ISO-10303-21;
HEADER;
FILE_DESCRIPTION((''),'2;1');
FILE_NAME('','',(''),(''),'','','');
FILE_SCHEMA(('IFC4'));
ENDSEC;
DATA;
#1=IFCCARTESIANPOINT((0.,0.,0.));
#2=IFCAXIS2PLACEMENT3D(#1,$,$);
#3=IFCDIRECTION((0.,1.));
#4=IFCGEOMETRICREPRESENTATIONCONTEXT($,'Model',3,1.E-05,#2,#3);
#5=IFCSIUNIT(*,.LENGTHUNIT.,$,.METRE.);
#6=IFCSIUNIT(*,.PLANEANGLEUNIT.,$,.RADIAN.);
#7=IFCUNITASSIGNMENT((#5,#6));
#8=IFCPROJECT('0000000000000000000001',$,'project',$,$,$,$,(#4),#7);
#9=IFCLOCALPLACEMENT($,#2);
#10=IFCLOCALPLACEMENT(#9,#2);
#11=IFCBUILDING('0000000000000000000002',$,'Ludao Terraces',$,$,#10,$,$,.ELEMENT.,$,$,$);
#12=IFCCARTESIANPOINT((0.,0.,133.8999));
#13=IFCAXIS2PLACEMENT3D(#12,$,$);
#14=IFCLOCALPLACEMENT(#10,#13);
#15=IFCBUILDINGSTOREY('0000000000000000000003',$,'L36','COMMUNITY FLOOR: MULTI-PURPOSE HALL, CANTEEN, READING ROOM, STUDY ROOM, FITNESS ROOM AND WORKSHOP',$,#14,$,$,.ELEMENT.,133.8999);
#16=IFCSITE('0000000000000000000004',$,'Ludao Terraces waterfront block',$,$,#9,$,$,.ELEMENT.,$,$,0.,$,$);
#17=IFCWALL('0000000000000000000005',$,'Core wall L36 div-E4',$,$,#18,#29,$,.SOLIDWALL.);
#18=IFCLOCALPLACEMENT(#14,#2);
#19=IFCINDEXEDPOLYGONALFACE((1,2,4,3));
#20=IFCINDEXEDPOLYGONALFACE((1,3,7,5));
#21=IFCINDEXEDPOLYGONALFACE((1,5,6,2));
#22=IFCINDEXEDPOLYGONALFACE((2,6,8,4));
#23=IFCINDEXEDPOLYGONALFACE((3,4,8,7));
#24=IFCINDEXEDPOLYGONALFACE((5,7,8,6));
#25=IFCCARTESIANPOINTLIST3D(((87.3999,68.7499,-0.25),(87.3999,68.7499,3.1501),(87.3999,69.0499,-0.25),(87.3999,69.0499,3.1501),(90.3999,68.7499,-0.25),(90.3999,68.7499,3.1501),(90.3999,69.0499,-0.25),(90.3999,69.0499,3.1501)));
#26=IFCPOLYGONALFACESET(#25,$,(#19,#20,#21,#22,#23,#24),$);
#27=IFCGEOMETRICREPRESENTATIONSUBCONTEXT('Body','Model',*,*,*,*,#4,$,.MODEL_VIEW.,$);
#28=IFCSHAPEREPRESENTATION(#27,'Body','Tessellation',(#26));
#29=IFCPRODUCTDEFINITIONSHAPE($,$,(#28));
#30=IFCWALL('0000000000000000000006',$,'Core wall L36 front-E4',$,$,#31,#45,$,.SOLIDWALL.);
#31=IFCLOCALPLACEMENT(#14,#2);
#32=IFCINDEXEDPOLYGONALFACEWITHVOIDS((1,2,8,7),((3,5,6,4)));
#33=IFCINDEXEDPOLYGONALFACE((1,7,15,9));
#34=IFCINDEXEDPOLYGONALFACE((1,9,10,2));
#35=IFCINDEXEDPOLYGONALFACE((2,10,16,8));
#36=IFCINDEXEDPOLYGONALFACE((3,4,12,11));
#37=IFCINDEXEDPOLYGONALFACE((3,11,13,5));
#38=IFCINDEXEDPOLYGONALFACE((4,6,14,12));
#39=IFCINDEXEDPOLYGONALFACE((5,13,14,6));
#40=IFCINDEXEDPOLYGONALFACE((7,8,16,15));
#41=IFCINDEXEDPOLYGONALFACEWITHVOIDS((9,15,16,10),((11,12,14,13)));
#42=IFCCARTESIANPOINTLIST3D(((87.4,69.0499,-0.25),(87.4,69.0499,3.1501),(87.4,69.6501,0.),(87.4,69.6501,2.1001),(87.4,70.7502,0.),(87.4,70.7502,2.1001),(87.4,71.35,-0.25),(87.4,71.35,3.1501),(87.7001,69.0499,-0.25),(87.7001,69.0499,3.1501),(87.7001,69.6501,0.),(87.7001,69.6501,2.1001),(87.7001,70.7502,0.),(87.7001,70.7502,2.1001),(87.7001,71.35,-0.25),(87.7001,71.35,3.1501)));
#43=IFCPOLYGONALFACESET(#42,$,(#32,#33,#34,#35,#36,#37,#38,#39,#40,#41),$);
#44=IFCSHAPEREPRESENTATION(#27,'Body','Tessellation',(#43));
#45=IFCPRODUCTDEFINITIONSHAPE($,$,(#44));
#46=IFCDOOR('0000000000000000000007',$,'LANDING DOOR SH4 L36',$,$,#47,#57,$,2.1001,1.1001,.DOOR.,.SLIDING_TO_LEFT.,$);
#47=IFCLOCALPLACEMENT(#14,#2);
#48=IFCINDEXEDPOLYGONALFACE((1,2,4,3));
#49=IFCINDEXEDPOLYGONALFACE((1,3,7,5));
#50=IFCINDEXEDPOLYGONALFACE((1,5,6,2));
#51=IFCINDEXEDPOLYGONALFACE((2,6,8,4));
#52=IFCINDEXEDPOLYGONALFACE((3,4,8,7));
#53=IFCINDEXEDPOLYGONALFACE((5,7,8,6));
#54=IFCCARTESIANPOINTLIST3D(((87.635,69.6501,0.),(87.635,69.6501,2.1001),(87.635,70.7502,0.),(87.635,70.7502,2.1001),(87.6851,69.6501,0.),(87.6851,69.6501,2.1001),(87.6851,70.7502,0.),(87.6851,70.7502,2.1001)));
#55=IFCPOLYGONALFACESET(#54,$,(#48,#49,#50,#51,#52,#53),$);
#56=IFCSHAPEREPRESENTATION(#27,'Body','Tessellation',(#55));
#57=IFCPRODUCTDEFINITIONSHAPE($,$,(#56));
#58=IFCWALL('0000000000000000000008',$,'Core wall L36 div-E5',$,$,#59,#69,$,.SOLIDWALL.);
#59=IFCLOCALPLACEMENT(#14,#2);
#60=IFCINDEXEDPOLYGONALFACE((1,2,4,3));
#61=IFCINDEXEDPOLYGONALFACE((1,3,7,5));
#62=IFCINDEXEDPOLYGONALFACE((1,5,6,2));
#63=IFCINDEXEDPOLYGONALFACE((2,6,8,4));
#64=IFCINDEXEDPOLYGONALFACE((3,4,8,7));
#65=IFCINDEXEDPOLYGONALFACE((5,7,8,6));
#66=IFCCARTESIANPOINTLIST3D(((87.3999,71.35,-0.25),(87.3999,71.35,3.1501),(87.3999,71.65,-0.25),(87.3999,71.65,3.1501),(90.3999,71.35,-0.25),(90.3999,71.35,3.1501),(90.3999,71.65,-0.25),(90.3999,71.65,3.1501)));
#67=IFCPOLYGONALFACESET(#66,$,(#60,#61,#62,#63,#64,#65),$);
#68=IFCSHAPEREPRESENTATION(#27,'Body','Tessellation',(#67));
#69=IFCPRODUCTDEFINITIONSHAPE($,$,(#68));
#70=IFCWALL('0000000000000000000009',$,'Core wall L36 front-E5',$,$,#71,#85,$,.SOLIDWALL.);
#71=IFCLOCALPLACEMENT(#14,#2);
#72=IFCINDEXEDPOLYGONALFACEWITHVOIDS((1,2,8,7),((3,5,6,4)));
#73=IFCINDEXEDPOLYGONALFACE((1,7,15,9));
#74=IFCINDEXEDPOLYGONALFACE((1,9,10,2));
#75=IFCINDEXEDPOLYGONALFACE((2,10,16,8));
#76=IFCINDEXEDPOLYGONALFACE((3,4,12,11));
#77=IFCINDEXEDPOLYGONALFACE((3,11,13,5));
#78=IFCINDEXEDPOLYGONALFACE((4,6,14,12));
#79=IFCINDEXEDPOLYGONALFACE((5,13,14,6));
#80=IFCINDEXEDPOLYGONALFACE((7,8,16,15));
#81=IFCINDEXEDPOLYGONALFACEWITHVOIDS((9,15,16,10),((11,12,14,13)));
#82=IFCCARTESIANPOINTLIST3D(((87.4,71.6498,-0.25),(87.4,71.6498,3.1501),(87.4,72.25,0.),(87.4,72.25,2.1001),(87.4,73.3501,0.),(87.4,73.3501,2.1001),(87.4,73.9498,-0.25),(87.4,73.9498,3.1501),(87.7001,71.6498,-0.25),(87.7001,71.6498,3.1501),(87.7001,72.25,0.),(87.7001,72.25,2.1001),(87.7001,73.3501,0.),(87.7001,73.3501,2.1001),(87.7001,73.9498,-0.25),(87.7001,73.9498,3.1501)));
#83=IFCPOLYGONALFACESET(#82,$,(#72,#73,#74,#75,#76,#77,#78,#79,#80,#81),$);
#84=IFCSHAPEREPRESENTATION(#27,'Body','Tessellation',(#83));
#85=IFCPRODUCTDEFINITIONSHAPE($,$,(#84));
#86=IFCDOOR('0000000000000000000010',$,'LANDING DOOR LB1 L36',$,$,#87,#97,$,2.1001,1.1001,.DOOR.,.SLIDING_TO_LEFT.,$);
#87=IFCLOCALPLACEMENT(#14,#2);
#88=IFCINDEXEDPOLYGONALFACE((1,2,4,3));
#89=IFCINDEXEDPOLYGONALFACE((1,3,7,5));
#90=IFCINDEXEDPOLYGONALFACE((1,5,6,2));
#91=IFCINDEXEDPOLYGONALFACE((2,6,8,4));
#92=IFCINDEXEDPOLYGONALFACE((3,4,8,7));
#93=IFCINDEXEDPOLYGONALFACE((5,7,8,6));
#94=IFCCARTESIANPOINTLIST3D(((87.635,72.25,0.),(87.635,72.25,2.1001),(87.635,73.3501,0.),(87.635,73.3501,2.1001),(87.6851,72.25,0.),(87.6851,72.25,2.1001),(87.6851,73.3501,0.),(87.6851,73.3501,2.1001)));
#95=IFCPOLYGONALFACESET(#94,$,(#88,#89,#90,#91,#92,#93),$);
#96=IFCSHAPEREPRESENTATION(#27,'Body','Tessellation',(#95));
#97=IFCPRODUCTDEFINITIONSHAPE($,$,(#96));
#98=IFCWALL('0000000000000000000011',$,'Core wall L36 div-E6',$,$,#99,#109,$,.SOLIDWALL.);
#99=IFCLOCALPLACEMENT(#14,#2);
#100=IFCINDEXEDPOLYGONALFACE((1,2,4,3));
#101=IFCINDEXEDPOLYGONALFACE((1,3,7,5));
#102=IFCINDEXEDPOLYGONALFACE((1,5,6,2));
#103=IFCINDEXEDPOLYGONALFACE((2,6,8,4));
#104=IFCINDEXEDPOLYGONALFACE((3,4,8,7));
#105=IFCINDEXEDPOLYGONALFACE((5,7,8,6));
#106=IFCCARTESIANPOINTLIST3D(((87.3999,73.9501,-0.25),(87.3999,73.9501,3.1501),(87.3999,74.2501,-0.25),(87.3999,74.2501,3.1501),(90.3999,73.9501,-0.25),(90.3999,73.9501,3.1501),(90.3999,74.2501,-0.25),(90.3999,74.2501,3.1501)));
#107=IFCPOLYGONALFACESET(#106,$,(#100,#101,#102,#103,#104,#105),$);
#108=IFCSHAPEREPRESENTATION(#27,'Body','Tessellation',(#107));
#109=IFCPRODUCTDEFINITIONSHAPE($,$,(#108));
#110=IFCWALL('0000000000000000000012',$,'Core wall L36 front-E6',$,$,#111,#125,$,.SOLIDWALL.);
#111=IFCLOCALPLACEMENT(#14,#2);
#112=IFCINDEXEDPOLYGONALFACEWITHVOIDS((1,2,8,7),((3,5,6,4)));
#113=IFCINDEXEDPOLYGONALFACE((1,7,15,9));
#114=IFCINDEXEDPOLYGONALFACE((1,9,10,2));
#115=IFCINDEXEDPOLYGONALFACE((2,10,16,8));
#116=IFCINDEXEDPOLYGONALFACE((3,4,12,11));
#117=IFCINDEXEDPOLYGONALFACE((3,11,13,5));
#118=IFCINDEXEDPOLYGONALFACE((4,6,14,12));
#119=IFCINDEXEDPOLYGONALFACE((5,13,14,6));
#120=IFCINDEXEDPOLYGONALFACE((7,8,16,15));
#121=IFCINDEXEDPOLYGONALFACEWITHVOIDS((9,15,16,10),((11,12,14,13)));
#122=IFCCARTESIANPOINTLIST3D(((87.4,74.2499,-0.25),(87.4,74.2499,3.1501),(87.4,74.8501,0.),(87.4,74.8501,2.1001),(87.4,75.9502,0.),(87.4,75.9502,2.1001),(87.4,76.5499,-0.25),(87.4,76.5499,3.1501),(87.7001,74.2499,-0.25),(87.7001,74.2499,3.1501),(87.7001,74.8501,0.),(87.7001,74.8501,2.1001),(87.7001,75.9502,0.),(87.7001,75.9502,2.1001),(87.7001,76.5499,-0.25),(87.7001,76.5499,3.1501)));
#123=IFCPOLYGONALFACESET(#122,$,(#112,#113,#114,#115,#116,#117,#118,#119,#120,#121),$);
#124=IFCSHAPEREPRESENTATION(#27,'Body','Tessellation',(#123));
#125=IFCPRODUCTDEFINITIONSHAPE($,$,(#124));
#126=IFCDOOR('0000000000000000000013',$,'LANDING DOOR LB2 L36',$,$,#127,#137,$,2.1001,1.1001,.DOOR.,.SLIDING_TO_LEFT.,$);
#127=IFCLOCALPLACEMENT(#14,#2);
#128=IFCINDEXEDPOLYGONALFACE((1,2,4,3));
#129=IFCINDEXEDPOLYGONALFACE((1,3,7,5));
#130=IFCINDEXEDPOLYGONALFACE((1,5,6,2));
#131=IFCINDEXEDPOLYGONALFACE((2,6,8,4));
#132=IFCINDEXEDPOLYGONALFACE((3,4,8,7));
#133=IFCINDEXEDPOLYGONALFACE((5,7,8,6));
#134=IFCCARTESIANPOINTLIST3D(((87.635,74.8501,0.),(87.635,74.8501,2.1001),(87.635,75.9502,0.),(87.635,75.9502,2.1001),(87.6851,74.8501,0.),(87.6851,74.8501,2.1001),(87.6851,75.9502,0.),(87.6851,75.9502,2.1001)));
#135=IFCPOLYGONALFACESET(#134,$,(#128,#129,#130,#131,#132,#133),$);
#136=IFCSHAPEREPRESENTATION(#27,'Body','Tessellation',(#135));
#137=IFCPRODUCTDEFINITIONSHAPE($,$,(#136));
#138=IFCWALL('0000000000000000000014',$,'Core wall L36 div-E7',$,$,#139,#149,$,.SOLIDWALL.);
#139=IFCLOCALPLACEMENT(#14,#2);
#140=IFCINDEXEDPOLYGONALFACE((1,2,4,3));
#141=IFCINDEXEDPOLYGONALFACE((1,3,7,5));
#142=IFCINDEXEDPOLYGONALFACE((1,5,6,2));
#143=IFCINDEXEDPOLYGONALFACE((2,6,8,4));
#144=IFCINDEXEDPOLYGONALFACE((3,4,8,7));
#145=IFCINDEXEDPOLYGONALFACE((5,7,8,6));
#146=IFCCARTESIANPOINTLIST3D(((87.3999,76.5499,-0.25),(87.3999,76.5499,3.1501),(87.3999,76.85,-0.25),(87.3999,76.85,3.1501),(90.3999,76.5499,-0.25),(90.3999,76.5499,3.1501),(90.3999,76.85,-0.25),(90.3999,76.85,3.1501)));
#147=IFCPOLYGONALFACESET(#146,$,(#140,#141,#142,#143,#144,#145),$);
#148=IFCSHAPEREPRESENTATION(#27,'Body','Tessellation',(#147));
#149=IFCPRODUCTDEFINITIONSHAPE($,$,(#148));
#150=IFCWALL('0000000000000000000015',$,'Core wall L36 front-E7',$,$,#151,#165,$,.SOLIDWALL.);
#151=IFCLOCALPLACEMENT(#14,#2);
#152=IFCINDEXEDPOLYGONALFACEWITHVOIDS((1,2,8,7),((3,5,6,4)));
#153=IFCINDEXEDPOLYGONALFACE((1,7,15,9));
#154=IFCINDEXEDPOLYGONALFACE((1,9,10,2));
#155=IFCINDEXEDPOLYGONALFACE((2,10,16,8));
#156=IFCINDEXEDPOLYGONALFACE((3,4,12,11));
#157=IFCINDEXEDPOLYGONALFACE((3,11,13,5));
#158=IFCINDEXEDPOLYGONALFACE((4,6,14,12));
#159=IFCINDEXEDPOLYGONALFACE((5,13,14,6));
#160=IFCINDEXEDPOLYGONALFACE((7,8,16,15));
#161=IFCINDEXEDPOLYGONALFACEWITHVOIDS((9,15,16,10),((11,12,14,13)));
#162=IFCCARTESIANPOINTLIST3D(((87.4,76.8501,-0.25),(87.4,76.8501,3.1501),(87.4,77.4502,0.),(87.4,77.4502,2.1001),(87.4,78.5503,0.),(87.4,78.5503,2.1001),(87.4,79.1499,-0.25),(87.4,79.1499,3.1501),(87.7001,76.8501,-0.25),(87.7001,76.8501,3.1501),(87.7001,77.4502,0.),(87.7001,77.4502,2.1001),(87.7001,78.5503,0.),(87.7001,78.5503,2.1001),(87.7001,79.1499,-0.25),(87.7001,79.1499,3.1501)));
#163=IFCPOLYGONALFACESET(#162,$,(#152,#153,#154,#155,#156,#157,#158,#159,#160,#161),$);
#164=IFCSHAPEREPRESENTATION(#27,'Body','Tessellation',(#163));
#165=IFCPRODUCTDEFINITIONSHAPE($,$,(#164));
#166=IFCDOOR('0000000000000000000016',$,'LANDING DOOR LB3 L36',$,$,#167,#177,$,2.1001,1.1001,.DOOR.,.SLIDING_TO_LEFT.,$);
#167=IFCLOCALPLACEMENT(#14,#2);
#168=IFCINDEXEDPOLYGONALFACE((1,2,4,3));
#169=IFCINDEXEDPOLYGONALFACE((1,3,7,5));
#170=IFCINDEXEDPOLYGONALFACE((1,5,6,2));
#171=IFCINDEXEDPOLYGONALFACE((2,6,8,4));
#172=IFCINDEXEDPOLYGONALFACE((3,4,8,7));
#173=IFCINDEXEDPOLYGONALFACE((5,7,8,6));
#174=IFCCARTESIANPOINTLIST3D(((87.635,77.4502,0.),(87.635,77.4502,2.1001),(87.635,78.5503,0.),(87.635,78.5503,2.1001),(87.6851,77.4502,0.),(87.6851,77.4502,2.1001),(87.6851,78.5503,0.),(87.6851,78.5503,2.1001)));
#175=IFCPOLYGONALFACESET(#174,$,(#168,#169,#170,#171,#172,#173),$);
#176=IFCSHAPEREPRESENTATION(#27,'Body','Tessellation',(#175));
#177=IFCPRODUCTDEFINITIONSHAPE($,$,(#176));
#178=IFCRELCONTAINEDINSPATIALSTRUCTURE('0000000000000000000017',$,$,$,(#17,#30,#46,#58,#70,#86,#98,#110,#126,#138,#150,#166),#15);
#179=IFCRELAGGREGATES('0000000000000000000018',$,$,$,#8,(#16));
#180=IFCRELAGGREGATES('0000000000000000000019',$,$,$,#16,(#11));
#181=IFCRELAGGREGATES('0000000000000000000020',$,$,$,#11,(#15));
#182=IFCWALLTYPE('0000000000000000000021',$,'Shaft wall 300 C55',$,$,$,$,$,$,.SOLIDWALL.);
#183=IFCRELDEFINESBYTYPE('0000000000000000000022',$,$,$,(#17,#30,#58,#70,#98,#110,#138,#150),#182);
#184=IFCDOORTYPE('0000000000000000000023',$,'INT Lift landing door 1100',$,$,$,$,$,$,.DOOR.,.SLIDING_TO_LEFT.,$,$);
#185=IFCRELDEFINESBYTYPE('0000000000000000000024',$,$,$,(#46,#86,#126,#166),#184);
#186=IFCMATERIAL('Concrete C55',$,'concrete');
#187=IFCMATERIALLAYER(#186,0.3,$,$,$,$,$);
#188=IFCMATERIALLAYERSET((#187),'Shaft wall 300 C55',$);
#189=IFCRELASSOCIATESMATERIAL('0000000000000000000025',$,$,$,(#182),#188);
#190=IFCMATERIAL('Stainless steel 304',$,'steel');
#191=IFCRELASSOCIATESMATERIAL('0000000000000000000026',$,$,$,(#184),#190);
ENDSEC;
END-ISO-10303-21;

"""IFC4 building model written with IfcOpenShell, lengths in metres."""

from ifc_helpers import new_model, si_unit, direction, frame, frame_2d, origin, place, context, subcontext, project, spatial, rectangle, extrude, material, layer, layer_set, type_object, element, fill, save


model = new_model("IFC4")

# Units and contexts
model_context = context("Model", 3, precision=1e-05, world=origin(), true_north=direction((0.0, 1.0)))
body_context = subcontext(model_context, "Body", "Model", "MODEL_VIEW")
ifc_project = project(units=[si_unit("LENGTHUNIT", "METRE"), si_unit("PLANEANGLEUNIT", "RADIAN")], contexts=[model_context])

# Site, building, storey
site_placement = place(None, origin())
site = spatial("IfcSite", under=ifc_project, at=site_placement, Name="Ludao Terraces waterfront block", CompositionType="ELEMENT", RefElevation=0.0)
building_placement = place(site_placement, origin())
building = spatial("IfcBuilding", under=site, at=building_placement, Name="Ludao Terraces", CompositionType="ELEMENT")
storey_placement = place(building_placement, frame((0.0, 0.0, 133.8999)))
storey = spatial("IfcBuildingStorey", under=building, at=storey_placement, Name="L36", Description="COMMUNITY FLOOR: MULTI-PURPOSE HALL, CANTEEN, READING ROOM, STUDY ROOM, FITNESS ROOM AND WORKSHOP", CompositionType="ELEMENT", Elevation=133.8999)

# Shared definitions
ifc_material_1 = material(Name="Concrete C55", Category="concrete")
ifc_layer_1 = layer(ifc_material_1, 0.3)
ifc_layer_set_1 = layer_set([ifc_layer_1], Name="Shaft wall 300 C55")
wall_type_1 = type_object("IfcWallType", Name="Shaft wall 300 C55", PredefinedType="SOLIDWALL", material=ifc_layer_set_1)

# Shared definitions
ifc_material_2 = material(Name="Stainless steel 304", Category="steel")
door_type_1 = type_object("IfcDoorType", Name="INT Lift landing door 1100", OperationType="SLIDING_TO_LEFT", PredefinedType="DOOR", material=ifc_material_2)

# Wall
wall_1_placement = place(storey_placement, frame((87.3999, 68.8999, -0.25), z_axis=(0.0, 0.0, 1.0), x_axis=(1.0, 0.0, 0.0)))
element("IfcWall", 1, at=wall_1_placement, inside=storey, type_object=wall_type_1, Name="Core wall L36 div-E4", PredefinedType="SOLIDWALL", context=body_context, shape_type="SweptSolid", body=[
    extrude(rectangle(XDim=3.0, YDim=0.3, at=frame_2d((1.5, 0.0))), origin(), (0.0, 0.0, 1.0), 3.4001),
])

# Wall, opening, door
wall_2_placement = place(storey_placement, frame((87.55, 69.05, -0.25), z_axis=(0.0, 0.0, 1.0), x_axis=(0.0, 1.0, 0.0)))
wall_2 = element("IfcWall", 2, at=wall_2_placement, inside=storey, type_object=wall_type_1, Name="Core wall L36 front-E4", PredefinedType="SOLIDWALL", context=body_context, shape_type="SweptSolid", body=[
    extrude(rectangle(XDim=2.3, YDim=0.3, at=frame_2d((1.1499, 0.0))), origin(), (0.0, 0.0, 1.0), 3.4001),
])
opening_1_placement = place(wall_2_placement, frame((0.6001, 0.0, 0.25)))
opening_1 = element("IfcOpeningElement", 3, at=opening_1_placement, cuts=wall_2, PredefinedType="OPENING", context=body_context, shape_type="SweptSolid", body=[
    extrude(rectangle(XDim=1.1001, YDim=2.1001, at=frame_2d((0.55, 1.05))), frame((0.0, 0.1602, 0.0), z_axis=(0.0, -1.0, 0.0), x_axis=(1.0, 0.0, 0.0)), (0.0, 0.0, 1.0), 0.3201),
])
door_1_placement = place(opening_1_placement, origin())
door_1 = element("IfcDoor", 4, at=door_1_placement, inside=storey, type_object=door_type_1, Name="LANDING DOOR SH4 L36", OperationType="SLIDING_TO_LEFT", OverallHeight=2.1001, OverallWidth=1.1001, PredefinedType="DOOR", context=body_context, shape_type="SweptSolid", body=[
    extrude(rectangle(XDim=1.1001, YDim=2.1001, at=frame_2d((0.55, 1.05))), frame((0.0, -0.085, 0.0), z_axis=(0.0, -1.0, 0.0), x_axis=(1.0, 0.0, 0.0)), (0.0, 0.0, 1.0), 0.05),
])
fill(opening_1, door_1)

# Wall
wall_3_placement = place(storey_placement, frame((87.3999, 71.5, -0.25), z_axis=(0.0, 0.0, 1.0), x_axis=(1.0, 0.0, 0.0)))
element("IfcWall", 5, at=wall_3_placement, inside=storey, type_object=wall_type_1, Name="Core wall L36 div-E5", PredefinedType="SOLIDWALL", context=body_context, shape_type="SweptSolid", body=[
    extrude(rectangle(XDim=3.0, YDim=0.3, at=frame_2d((1.5, 0.0))), origin(), (0.0, 0.0, 1.0), 3.4001),
])

# Wall, opening, door
wall_4_placement = place(storey_placement, frame((87.55, 71.6499, -0.25), z_axis=(0.0, 0.0, 1.0), x_axis=(0.0, 1.0, 0.0)))
wall_4 = element("IfcWall", 6, at=wall_4_placement, inside=storey, type_object=wall_type_1, Name="Core wall L36 front-E5", PredefinedType="SOLIDWALL", context=body_context, shape_type="SweptSolid", body=[
    extrude(rectangle(XDim=2.3, YDim=0.3, at=frame_2d((1.1499, 0.0))), origin(), (0.0, 0.0, 1.0), 3.4001),
])
opening_2_placement = place(wall_4_placement, frame((0.6001, 0.0, 0.25)))
opening_2 = element("IfcOpeningElement", 7, at=opening_2_placement, cuts=wall_4, PredefinedType="OPENING", context=body_context, shape_type="SweptSolid", body=[
    extrude(rectangle(XDim=1.1001, YDim=2.1001, at=frame_2d((0.55, 1.05))), frame((0.0, 0.1602, 0.0), z_axis=(0.0, -1.0, 0.0), x_axis=(1.0, 0.0, 0.0)), (0.0, 0.0, 1.0), 0.3201),
])
door_2_placement = place(opening_2_placement, origin())
door_2 = element("IfcDoor", 8, at=door_2_placement, inside=storey, type_object=door_type_1, Name="LANDING DOOR LB1 L36", OperationType="SLIDING_TO_LEFT", OverallHeight=2.1001, OverallWidth=1.1001, PredefinedType="DOOR", context=body_context, shape_type="SweptSolid", body=[
    extrude(rectangle(XDim=1.1001, YDim=2.1001, at=frame_2d((0.55, 1.05))), frame((0.0, -0.085, 0.0), z_axis=(0.0, -1.0, 0.0), x_axis=(1.0, 0.0, 0.0)), (0.0, 0.0, 1.0), 0.05),
])
fill(opening_2, door_2)

# Wall
wall_5_placement = place(storey_placement, frame((87.3999, 74.1001, -0.25), z_axis=(0.0, 0.0, 1.0), x_axis=(1.0, 0.0, 0.0)))
element("IfcWall", 9, at=wall_5_placement, inside=storey, type_object=wall_type_1, Name="Core wall L36 div-E6", PredefinedType="SOLIDWALL", context=body_context, shape_type="SweptSolid", body=[
    extrude(rectangle(XDim=3.0, YDim=0.3, at=frame_2d((1.5, 0.0))), origin(), (0.0, 0.0, 1.0), 3.4001),
])

# Wall, opening, door
wall_6_placement = place(storey_placement, frame((87.55, 74.25, -0.25), z_axis=(0.0, 0.0, 1.0), x_axis=(0.0, 1.0, 0.0)))
wall_6 = element("IfcWall", 10, at=wall_6_placement, inside=storey, type_object=wall_type_1, Name="Core wall L36 front-E6", PredefinedType="SOLIDWALL", context=body_context, shape_type="SweptSolid", body=[
    extrude(rectangle(XDim=2.3, YDim=0.3, at=frame_2d((1.1499, 0.0))), origin(), (0.0, 0.0, 1.0), 3.4001),
])
opening_3_placement = place(wall_6_placement, frame((0.6001, 0.0, 0.25)))
opening_3 = element("IfcOpeningElement", 11, at=opening_3_placement, cuts=wall_6, PredefinedType="OPENING", context=body_context, shape_type="SweptSolid", body=[
    extrude(rectangle(XDim=1.1001, YDim=2.1001, at=frame_2d((0.55, 1.05))), frame((0.0, 0.1602, 0.0), z_axis=(0.0, -1.0, 0.0), x_axis=(1.0, 0.0, 0.0)), (0.0, 0.0, 1.0), 0.3201),
])
door_3_placement = place(opening_3_placement, origin())
door_3 = element("IfcDoor", 12, at=door_3_placement, inside=storey, type_object=door_type_1, Name="LANDING DOOR LB2 L36", OperationType="SLIDING_TO_LEFT", OverallHeight=2.1001, OverallWidth=1.1001, PredefinedType="DOOR", context=body_context, shape_type="SweptSolid", body=[
    extrude(rectangle(XDim=1.1001, YDim=2.1001, at=frame_2d((0.55, 1.05))), frame((0.0, -0.085, 0.0), z_axis=(0.0, -1.0, 0.0), x_axis=(1.0, 0.0, 0.0)), (0.0, 0.0, 1.0), 0.05),
])
fill(opening_3, door_3)

# Wall
wall_7_placement = place(storey_placement, frame((87.3999, 76.7, -0.25), z_axis=(0.0, 0.0, 1.0), x_axis=(1.0, 0.0, 0.0)))
element("IfcWall", 13, at=wall_7_placement, inside=storey, type_object=wall_type_1, Name="Core wall L36 div-E7", PredefinedType="SOLIDWALL", context=body_context, shape_type="SweptSolid", body=[
    extrude(rectangle(XDim=3.0, YDim=0.3, at=frame_2d((1.5, 0.0))), origin(), (0.0, 0.0, 1.0), 3.4001),
])

# Wall, opening, door
wall_8_placement = place(storey_placement, frame((87.55, 76.8501, -0.25), z_axis=(0.0, 0.0, 1.0), x_axis=(0.0, 1.0, 0.0)))
wall_8 = element("IfcWall", 14, at=wall_8_placement, inside=storey, type_object=wall_type_1, Name="Core wall L36 front-E7", PredefinedType="SOLIDWALL", context=body_context, shape_type="SweptSolid", body=[
    extrude(rectangle(XDim=2.2998, YDim=0.3, at=frame_2d((1.1499, 0.0))), origin(), (0.0, 0.0, 1.0), 3.4001),
])
opening_4_placement = place(wall_8_placement, frame((0.6001, 0.0, 0.25)))
opening_4 = element("IfcOpeningElement", 15, at=opening_4_placement, cuts=wall_8, PredefinedType="OPENING", context=body_context, shape_type="SweptSolid", body=[
    extrude(rectangle(XDim=1.1001, YDim=2.1001, at=frame_2d((0.55, 1.05))), frame((0.0, 0.1602, 0.0), z_axis=(0.0, -1.0, 0.0), x_axis=(1.0, 0.0, 0.0)), (0.0, 0.0, 1.0), 0.3201),
])
door_4_placement = place(opening_4_placement, origin())
door_4 = element("IfcDoor", 16, at=door_4_placement, inside=storey, type_object=door_type_1, Name="LANDING DOOR LB3 L36", OperationType="SLIDING_TO_LEFT", OverallHeight=2.1001, OverallWidth=1.1001, PredefinedType="DOOR", context=body_context, shape_type="SweptSolid", body=[
    extrude(rectangle(XDim=1.1001, YDim=2.1001, at=frame_2d((0.55, 1.05))), frame((0.0, -0.085, 0.0), z_axis=(0.0, -1.0, 0.0), x_axis=(1.0, 0.0, 0.0)), (0.0, 0.0, 1.0), 0.05),
])
fill(opening_4, door_4)

save(model, "model.ifc")
